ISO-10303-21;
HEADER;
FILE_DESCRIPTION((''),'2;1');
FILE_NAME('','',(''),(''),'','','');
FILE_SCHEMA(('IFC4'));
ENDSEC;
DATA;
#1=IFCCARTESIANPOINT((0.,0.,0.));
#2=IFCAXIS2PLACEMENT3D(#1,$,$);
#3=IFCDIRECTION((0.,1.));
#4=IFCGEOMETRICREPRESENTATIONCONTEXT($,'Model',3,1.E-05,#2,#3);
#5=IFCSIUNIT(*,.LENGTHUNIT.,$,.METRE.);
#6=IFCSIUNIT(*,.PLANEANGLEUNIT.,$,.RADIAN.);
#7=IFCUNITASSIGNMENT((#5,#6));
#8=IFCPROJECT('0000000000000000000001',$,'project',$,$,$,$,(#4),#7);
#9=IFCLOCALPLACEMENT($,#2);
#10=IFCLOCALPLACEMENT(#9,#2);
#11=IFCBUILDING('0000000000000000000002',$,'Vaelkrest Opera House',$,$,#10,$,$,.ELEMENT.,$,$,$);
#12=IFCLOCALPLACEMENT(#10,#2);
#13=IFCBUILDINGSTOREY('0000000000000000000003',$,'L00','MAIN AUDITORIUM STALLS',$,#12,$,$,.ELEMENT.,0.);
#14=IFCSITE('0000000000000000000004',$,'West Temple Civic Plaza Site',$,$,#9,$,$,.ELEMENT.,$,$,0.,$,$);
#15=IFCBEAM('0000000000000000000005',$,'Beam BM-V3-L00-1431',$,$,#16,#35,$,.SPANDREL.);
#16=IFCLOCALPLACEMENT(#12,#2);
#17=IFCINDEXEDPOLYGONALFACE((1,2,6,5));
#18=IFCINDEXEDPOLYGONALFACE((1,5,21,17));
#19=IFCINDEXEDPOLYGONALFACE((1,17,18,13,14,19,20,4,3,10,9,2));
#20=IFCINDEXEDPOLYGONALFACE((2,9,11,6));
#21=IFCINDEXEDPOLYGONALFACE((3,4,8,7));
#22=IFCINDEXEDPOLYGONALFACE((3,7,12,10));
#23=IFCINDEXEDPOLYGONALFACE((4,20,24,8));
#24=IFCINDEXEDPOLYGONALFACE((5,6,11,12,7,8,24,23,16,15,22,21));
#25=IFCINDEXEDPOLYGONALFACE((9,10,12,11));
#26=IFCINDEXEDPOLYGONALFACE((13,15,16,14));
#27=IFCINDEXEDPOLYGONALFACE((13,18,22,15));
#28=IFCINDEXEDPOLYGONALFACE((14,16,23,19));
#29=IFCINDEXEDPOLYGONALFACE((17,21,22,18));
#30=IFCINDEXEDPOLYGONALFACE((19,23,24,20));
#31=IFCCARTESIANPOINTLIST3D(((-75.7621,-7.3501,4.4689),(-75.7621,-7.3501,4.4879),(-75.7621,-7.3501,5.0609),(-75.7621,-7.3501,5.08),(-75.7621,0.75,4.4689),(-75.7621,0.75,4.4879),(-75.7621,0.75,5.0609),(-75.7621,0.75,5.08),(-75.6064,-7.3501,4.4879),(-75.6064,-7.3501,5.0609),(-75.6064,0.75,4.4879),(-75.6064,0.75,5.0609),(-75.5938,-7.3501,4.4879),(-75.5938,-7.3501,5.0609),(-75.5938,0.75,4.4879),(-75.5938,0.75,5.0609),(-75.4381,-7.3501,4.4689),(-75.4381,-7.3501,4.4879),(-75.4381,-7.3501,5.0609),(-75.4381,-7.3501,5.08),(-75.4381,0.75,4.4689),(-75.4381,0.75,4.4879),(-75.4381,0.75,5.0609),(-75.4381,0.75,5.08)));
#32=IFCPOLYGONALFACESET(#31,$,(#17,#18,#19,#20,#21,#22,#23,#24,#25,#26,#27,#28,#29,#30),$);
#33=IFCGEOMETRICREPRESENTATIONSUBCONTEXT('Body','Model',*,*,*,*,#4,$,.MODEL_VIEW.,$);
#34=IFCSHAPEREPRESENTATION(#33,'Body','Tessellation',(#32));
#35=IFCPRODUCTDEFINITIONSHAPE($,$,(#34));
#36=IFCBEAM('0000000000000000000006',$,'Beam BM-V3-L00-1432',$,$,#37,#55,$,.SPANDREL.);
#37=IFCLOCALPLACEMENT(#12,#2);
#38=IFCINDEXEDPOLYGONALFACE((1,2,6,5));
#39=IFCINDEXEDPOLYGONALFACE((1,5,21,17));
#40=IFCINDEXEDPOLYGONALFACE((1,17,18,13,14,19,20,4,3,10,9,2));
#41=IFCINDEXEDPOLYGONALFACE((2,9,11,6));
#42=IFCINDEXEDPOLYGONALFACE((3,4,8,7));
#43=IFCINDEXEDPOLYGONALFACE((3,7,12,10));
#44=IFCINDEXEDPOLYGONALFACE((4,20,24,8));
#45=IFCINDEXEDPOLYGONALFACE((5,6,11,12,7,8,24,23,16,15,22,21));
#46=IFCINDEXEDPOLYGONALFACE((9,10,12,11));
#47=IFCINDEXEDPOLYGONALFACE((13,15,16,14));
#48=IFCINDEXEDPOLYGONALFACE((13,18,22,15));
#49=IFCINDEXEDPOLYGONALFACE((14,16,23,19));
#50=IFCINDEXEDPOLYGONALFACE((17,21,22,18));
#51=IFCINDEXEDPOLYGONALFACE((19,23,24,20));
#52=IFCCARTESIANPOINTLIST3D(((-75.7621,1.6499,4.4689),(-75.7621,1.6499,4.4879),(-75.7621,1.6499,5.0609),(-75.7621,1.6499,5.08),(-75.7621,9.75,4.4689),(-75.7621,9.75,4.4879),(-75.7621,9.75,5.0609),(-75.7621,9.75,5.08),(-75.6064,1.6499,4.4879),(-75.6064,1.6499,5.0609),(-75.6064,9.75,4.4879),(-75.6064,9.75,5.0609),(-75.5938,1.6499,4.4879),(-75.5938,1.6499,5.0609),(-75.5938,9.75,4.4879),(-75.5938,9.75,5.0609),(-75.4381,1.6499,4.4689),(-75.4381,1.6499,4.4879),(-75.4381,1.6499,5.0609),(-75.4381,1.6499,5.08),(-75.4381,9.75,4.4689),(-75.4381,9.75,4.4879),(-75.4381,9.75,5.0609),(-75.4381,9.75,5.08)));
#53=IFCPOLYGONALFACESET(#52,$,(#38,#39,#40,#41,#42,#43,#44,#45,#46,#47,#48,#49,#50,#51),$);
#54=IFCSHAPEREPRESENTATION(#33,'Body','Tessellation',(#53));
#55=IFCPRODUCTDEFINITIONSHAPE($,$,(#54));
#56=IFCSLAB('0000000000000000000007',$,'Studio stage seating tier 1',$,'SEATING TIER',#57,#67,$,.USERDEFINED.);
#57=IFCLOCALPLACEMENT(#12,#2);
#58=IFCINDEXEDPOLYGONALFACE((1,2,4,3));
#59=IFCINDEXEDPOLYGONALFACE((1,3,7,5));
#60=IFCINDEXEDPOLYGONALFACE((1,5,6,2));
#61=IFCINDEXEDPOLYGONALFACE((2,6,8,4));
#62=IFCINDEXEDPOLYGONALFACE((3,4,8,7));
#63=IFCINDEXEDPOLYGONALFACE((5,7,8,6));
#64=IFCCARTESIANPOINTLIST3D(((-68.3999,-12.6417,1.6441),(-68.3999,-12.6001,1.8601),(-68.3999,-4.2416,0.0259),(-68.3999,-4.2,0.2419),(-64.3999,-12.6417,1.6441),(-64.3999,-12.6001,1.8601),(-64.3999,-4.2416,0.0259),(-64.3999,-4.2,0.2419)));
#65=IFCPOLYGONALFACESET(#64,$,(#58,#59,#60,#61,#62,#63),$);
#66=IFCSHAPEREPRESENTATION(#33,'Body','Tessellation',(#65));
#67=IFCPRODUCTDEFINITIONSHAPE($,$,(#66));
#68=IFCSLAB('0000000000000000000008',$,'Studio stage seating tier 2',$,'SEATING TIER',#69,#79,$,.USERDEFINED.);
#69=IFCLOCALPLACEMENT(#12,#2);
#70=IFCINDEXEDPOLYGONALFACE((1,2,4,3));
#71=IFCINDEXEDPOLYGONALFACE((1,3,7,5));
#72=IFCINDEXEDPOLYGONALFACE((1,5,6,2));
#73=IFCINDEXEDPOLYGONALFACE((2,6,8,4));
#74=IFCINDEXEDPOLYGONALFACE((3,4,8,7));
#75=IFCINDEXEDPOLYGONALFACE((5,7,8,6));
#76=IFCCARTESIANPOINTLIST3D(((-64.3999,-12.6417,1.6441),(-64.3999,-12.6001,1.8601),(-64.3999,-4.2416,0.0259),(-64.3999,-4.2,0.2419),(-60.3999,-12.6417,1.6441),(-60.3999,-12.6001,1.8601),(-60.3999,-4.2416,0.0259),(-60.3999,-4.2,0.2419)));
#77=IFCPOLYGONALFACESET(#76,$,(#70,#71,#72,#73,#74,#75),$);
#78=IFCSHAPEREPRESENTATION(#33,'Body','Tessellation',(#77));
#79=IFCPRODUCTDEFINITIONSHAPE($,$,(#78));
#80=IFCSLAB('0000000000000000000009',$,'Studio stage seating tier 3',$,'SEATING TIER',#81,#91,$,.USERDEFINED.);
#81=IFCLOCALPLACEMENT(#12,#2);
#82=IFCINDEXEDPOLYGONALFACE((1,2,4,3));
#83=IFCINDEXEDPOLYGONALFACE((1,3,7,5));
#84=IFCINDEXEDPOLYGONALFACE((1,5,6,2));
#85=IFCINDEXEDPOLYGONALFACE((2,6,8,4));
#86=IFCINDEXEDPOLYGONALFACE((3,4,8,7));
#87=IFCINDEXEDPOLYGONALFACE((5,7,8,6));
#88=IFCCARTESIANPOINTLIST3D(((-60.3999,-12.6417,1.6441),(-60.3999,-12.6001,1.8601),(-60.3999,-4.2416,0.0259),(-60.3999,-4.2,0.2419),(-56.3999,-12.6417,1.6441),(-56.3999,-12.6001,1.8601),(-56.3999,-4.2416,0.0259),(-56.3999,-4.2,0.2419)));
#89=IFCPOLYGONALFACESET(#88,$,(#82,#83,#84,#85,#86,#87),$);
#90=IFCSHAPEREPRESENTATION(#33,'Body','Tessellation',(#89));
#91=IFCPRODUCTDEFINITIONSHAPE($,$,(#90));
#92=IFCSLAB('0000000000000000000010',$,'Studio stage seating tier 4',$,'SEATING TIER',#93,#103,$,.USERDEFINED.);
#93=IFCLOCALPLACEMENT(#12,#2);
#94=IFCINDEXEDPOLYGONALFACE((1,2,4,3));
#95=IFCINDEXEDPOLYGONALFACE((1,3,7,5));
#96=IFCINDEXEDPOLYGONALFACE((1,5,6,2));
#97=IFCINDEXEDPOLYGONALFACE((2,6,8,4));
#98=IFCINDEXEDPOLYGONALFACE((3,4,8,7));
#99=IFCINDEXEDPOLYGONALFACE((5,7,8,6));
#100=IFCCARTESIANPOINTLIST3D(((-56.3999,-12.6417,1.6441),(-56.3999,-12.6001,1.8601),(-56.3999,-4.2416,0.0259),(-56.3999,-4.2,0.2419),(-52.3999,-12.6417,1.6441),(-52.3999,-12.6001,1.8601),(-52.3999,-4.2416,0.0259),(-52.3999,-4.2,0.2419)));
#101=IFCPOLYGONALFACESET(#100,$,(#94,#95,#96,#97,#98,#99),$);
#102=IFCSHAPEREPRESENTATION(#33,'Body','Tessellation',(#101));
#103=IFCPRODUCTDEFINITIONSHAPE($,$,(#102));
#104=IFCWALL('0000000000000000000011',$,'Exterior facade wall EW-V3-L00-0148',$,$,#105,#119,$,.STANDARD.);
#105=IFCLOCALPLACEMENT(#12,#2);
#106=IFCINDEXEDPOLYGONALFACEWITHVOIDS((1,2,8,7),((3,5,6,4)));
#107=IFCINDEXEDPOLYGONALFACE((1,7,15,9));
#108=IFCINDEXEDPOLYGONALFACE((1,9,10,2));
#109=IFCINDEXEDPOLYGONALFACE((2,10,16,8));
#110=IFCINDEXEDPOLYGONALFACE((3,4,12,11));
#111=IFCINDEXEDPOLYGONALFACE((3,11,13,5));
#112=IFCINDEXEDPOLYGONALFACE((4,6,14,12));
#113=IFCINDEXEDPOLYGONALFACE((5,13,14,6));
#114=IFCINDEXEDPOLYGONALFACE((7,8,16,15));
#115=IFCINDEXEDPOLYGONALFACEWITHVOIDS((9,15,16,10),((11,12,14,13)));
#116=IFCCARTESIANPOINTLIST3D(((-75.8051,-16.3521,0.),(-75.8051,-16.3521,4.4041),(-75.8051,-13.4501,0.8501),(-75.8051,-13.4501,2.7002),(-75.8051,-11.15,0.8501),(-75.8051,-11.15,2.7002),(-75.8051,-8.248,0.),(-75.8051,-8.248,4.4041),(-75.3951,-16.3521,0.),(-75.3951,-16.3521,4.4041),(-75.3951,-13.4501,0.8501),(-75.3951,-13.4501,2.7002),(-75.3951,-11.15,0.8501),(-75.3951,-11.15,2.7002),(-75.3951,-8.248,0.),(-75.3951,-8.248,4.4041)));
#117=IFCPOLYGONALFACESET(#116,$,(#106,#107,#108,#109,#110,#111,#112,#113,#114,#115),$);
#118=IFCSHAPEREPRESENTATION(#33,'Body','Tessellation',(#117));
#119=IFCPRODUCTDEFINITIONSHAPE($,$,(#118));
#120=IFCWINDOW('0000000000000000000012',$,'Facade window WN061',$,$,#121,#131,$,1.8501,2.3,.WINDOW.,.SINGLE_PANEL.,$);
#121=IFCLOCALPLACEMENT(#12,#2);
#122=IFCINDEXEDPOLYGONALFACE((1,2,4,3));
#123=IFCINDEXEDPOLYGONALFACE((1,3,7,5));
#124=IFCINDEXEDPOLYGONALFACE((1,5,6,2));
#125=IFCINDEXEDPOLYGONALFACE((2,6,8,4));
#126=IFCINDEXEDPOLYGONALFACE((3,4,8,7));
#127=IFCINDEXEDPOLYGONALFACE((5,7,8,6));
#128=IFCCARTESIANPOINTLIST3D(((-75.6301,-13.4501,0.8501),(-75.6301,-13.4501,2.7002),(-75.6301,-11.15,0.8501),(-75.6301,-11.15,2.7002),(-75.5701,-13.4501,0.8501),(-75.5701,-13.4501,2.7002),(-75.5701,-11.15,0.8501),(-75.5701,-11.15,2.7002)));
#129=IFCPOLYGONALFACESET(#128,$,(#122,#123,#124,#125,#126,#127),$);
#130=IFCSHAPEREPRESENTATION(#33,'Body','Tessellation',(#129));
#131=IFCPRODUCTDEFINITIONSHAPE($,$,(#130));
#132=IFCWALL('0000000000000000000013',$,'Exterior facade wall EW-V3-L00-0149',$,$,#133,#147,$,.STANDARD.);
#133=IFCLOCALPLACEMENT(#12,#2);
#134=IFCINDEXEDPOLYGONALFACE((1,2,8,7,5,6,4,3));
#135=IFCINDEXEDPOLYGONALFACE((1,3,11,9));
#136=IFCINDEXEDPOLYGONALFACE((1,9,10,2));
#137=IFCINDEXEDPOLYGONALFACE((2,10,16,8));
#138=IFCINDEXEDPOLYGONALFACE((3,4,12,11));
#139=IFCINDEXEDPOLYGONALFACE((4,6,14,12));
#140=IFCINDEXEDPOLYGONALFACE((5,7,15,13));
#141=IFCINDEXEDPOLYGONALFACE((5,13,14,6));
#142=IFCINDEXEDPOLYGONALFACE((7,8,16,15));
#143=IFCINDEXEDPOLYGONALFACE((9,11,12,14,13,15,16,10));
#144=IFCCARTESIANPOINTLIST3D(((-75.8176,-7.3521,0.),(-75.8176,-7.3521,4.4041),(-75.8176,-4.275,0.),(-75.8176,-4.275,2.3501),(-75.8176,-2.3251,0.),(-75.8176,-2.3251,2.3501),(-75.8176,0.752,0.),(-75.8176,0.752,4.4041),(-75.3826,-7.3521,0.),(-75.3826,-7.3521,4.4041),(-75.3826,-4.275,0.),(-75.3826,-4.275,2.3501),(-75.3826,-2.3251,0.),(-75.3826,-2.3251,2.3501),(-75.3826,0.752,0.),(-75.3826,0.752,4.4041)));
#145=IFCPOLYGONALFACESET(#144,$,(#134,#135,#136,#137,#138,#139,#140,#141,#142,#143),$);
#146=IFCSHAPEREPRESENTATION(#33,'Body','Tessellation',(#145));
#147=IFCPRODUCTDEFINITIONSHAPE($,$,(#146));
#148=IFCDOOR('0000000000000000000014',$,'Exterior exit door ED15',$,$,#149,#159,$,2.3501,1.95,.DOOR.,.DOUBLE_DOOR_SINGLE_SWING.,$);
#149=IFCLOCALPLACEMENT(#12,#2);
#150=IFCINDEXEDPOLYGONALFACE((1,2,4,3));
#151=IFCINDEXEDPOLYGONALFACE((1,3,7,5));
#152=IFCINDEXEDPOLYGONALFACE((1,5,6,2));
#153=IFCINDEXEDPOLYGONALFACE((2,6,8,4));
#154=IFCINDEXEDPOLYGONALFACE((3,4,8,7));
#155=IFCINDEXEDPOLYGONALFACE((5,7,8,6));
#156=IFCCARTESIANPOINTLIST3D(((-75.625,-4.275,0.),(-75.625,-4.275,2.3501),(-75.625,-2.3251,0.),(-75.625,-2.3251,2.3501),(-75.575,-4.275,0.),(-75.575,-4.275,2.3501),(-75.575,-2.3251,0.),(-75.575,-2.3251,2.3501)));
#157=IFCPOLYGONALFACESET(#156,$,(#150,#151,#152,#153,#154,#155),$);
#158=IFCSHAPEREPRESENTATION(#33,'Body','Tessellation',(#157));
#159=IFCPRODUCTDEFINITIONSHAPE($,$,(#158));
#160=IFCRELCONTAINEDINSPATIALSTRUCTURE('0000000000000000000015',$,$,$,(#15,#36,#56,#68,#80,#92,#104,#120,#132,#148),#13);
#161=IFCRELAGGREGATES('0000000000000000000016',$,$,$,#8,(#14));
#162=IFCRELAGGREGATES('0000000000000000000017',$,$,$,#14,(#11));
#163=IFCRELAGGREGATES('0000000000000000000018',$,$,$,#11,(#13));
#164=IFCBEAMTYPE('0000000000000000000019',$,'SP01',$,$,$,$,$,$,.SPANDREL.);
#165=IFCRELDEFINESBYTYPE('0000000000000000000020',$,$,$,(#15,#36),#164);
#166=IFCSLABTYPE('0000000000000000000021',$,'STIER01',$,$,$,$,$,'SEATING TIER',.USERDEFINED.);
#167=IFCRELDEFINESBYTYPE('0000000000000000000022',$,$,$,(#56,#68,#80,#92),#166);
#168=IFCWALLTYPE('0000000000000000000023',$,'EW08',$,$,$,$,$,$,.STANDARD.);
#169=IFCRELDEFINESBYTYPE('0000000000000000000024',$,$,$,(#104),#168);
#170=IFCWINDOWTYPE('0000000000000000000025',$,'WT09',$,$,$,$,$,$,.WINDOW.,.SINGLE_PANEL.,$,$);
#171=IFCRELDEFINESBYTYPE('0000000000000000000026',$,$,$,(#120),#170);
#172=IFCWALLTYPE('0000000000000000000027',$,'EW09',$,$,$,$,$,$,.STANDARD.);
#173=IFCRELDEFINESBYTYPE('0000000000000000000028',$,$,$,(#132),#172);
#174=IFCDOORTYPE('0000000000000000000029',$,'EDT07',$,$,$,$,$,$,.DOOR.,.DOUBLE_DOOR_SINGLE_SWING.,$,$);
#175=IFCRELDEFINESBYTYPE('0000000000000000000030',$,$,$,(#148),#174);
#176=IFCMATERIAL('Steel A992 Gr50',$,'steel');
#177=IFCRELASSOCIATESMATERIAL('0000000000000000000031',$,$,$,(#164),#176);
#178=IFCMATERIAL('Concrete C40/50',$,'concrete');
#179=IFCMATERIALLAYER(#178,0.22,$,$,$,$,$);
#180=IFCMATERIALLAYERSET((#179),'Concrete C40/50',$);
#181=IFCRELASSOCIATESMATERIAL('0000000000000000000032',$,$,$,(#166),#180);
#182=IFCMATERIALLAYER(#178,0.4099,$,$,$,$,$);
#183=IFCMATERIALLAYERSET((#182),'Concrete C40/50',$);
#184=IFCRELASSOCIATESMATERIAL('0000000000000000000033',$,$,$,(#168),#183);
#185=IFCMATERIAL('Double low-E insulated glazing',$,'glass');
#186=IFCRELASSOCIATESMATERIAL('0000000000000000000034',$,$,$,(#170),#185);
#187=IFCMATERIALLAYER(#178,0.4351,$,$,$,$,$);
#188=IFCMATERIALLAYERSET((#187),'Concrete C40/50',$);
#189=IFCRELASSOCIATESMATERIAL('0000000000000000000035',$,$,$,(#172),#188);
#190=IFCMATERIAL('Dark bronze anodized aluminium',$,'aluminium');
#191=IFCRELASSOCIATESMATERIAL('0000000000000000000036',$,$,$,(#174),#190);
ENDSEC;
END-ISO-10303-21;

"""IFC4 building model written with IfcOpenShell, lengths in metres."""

from ifc_helpers import new_model, si_unit, direction, frame, frame_2d, origin, origin_2d, place, context, subcontext, project, spatial, polyline, rectangle, i_section, outline, extrude, material, layer, layer_set, material_profile, profile_set, type_object, element, fill, save


model = new_model("IFC4")

# Units and contexts
model_context = context("Model", 3, precision=1e-05, world=origin(), true_north=direction((0.0, 1.0)))
body_context = subcontext(model_context, "Body", "Model", "MODEL_VIEW")
ifc_project = project(units=[si_unit("LENGTHUNIT", "METRE"), si_unit("PLANEANGLEUNIT", "RADIAN")], contexts=[model_context])

# Site, building, storey
site_placement = place(None, origin())
site = spatial("IfcSite", under=ifc_project, at=site_placement, Name="West Temple Civic Plaza Site", CompositionType="ELEMENT", RefElevation=0.0)
building_placement = place(site_placement, origin())
building = spatial("IfcBuilding", under=site, at=building_placement, Name="Vaelkrest Opera House", CompositionType="ELEMENT")
storey_placement = place(building_placement, origin())
storey = spatial("IfcBuildingStorey", under=building, at=storey_placement, Name="L00", Description="MAIN AUDITORIUM STALLS", CompositionType="ELEMENT", Elevation=0.0)

# Beams
ifc_material_1 = material(Name="Steel A992 Gr50", Category="steel")
ifc_material_profile_1 = material_profile(ifc_material_1, i_section(OverallWidth=0.324, OverallDepth=0.6111, WebThickness=0.0127, FlangeThickness=0.019, at=origin_2d()), Name="W24X104")
ifc_profile_set_1 = profile_set([ifc_material_profile_1], Name="Steel A992 Gr50")
beam_type_1 = type_object("IfcBeamType", Name="SP01", PredefinedType="SPANDREL", material=ifc_profile_set_1)
for number, where, z_axis, x_axis, name in (
    (1, (-75.6001, -7.3501, 4.7744), (0.0, 1.0, 0.0), (-1.0, 0.0, 0.0), "Beam BM-V3-L00-1431"),
    (2, (-75.6001, 1.6499, 4.7744), (0.0, 1.0, 0.0), (-1.0, 0.0, 0.0), "Beam BM-V3-L00-1432"),
):
    element("IfcBeam", number, at=place(storey_placement, frame(where, z_axis=z_axis, x_axis=x_axis)), inside=storey, type_object=beam_type_1, Name=name, PredefinedType="SPANDREL", context=body_context, shape_type="SweptSolid", body=[
        extrude(i_section(OverallWidth=0.324, OverallDepth=0.6111, WebThickness=0.0127, FlangeThickness=0.019, at=origin_2d()), origin(), (0.0, 0.0, 1.0), 8.1001),
    ])

# Slabs
ifc_material_2 = material(Name="Concrete C40/50", Category="concrete")
ifc_layer_1 = layer(ifc_material_2, 0.22)
ifc_layer_set_1 = layer_set([ifc_layer_1], Name="Concrete C40/50")
slab_type = type_object("IfcSlabType", Name="STIER01", ElementType="SEATING TIER", PredefinedType="USERDEFINED", material=ifc_layer_set_1)
for number, where, z_axis, x_axis, name in (
    (3, (-68.3999, -4.2, 0.2419), (0.0, 0.189158, 0.981947), (1.0, 0.0, 0.0), "Studio stage seating tier 1"),
    (4, (-64.3999, -4.2, 0.2419), (0.0, 0.189158, 0.981947), (1.0, 0.0, 0.0), "Studio stage seating tier 2"),
    (5, (-60.3999, -4.2, 0.2419), (0.0, 0.189158, 0.981947), (1.0, 0.0, 0.0), "Studio stage seating tier 3"),
    (6, (-56.3999, -4.2, 0.2419), (0.0, 0.189158, 0.981947), (1.0, 0.0, 0.0), "Studio stage seating tier 4"),
):
    element("IfcSlab", number, at=place(storey_placement, frame(where, z_axis=z_axis, x_axis=x_axis)), inside=storey, type_object=slab_type, Name=name, ObjectType="SEATING TIER", PredefinedType="USERDEFINED", context=body_context, shape_type="SweptSolid", body=[
        extrude(outline(polyline([(0.0, 0.0), (4.0, 0.0), (4.0, -8.5546), (0.0, -8.5546), (0.0, 0.0)])), origin(), (0.0, 0.0, -1.0), 0.22),
    ])

# Wall, opening, window
ifc_layer_2 = layer(ifc_material_2, 0.4099)
ifc_layer_set_2 = layer_set([ifc_layer_2], Name="Concrete C40/50")
wall_type_1 = type_object("IfcWallType", Name="EW08", PredefinedType="STANDARD", material=ifc_layer_set_2)
wall_1_placement = place(storey_placement, frame((-75.6001, -16.3521, 0.0), z_axis=(0.0, 0.0, 1.0), x_axis=(0.0, 1.0, 0.0)))
wall_1 = element("IfcWall", 7, at=wall_1_placement, inside=storey, type_object=wall_type_1, Name="Exterior facade wall EW-V3-L00-0148", PredefinedType="STANDARD", context=body_context, shape_type="SweptSolid", body=[
    extrude(rectangle(XDim=8.104, YDim=0.4099, at=frame_2d((4.052, 0.0))), origin(), (0.0, 0.0, 1.0), 4.4041),
])
opening_1_placement = place(wall_1_placement, frame((2.9021, 0.0, 0.8501)))
opening_1 = element("IfcOpeningElement", 8, at=opening_1_placement, cuts=wall_1, PredefinedType="OPENING", context=body_context, shape_type="SweptSolid", body=[
    extrude(rectangle(XDim=2.3, YDim=1.8501, at=frame_2d((1.1499, 0.925))), frame((0.0, 0.2148, 0.0), z_axis=(0.0, -1.0, 0.0), x_axis=(1.0, 0.0, 0.0)), (0.0, 0.0, 1.0), 0.4299),
])
ifc_material_3 = material(Name="Double low-E insulated glazing", Category="glass")
window_type = type_object("IfcWindowType", Name="WT09", PartitioningType="SINGLE_PANEL", PredefinedType="WINDOW", material=ifc_material_3)
window_placement = place(opening_1_placement, origin())
window = element("IfcWindow", 9, at=window_placement, inside=storey, type_object=window_type, Name="Facade window WN061", OverallHeight=1.8501, OverallWidth=2.3, PartitioningType="SINGLE_PANEL", PredefinedType="WINDOW", context=body_context, shape_type="SweptSolid", body=[
    extrude(rectangle(XDim=2.3, YDim=1.8501, at=frame_2d((1.1499, 0.925))), frame((0.0, 0.03, 0.0), z_axis=(0.0, -1.0, 0.0), x_axis=(1.0, 0.0, 0.0)), (0.0, 0.0, 1.0), 0.0601),
])
fill(opening_1, window)

# Wall, opening, door
ifc_layer_3 = layer(ifc_material_2, 0.4351)
ifc_layer_set_3 = layer_set([ifc_layer_3], Name="Concrete C40/50")
wall_type_2 = type_object("IfcWallType", Name="EW09", PredefinedType="STANDARD", material=ifc_layer_set_3)
wall_2_placement = place(storey_placement, frame((-75.6001, -7.3521, 0.0), z_axis=(0.0, 0.0, 1.0), x_axis=(0.0, 1.0, 0.0)))
wall_2 = element("IfcWall", 10, at=wall_2_placement, inside=storey, type_object=wall_type_2, Name="Exterior facade wall EW-V3-L00-0149", PredefinedType="STANDARD", context=body_context, shape_type="SweptSolid", body=[
    extrude(rectangle(XDim=8.104, YDim=0.4351, at=frame_2d((4.052, 0.0))), origin(), (0.0, 0.0, 1.0), 4.4041),
])
opening_2_placement = place(wall_2_placement, frame((3.0769, 0.0, 0.0)))
opening_2 = element("IfcOpeningElement", 11, at=opening_2_placement, cuts=wall_2, PredefinedType="OPENING", context=body_context, shape_type="SweptSolid", body=[
    extrude(rectangle(XDim=1.95, YDim=2.3501, at=frame_2d((0.9751, 1.175))), frame((0.0, 0.2275, 0.0), z_axis=(0.0, -1.0, 0.0), x_axis=(1.0, 0.0, 0.0)), (0.0, 0.0, 1.0), 0.4551),
])
ifc_material_4 = material(Name="Dark bronze anodized aluminium", Category="aluminium")
door_type_1 = type_object("IfcDoorType", Name="EDT07", OperationType="DOUBLE_DOOR_SINGLE_SWING", PredefinedType="DOOR", material=ifc_material_4)
door_1_placement = place(opening_2_placement, origin())
door_1 = element("IfcDoor", 12, at=door_1_placement, inside=storey, type_object=door_type_1, Name="Exterior exit door ED15", OperationType="DOUBLE_DOOR_SINGLE_SWING", OverallHeight=2.3501, OverallWidth=1.95, PredefinedType="DOOR", context=body_context, shape_type="SweptSolid", body=[
    extrude(rectangle(XDim=1.95, YDim=2.3501, at=frame_2d((0.9751, 1.175))), frame((0.0, 0.0249, 0.0), z_axis=(0.0, -1.0, 0.0), x_axis=(1.0, 0.0, 0.0)), (0.0, 0.0, 1.0), 0.05),
])
fill(opening_2, door_1)

save(model, "model.ifc")
